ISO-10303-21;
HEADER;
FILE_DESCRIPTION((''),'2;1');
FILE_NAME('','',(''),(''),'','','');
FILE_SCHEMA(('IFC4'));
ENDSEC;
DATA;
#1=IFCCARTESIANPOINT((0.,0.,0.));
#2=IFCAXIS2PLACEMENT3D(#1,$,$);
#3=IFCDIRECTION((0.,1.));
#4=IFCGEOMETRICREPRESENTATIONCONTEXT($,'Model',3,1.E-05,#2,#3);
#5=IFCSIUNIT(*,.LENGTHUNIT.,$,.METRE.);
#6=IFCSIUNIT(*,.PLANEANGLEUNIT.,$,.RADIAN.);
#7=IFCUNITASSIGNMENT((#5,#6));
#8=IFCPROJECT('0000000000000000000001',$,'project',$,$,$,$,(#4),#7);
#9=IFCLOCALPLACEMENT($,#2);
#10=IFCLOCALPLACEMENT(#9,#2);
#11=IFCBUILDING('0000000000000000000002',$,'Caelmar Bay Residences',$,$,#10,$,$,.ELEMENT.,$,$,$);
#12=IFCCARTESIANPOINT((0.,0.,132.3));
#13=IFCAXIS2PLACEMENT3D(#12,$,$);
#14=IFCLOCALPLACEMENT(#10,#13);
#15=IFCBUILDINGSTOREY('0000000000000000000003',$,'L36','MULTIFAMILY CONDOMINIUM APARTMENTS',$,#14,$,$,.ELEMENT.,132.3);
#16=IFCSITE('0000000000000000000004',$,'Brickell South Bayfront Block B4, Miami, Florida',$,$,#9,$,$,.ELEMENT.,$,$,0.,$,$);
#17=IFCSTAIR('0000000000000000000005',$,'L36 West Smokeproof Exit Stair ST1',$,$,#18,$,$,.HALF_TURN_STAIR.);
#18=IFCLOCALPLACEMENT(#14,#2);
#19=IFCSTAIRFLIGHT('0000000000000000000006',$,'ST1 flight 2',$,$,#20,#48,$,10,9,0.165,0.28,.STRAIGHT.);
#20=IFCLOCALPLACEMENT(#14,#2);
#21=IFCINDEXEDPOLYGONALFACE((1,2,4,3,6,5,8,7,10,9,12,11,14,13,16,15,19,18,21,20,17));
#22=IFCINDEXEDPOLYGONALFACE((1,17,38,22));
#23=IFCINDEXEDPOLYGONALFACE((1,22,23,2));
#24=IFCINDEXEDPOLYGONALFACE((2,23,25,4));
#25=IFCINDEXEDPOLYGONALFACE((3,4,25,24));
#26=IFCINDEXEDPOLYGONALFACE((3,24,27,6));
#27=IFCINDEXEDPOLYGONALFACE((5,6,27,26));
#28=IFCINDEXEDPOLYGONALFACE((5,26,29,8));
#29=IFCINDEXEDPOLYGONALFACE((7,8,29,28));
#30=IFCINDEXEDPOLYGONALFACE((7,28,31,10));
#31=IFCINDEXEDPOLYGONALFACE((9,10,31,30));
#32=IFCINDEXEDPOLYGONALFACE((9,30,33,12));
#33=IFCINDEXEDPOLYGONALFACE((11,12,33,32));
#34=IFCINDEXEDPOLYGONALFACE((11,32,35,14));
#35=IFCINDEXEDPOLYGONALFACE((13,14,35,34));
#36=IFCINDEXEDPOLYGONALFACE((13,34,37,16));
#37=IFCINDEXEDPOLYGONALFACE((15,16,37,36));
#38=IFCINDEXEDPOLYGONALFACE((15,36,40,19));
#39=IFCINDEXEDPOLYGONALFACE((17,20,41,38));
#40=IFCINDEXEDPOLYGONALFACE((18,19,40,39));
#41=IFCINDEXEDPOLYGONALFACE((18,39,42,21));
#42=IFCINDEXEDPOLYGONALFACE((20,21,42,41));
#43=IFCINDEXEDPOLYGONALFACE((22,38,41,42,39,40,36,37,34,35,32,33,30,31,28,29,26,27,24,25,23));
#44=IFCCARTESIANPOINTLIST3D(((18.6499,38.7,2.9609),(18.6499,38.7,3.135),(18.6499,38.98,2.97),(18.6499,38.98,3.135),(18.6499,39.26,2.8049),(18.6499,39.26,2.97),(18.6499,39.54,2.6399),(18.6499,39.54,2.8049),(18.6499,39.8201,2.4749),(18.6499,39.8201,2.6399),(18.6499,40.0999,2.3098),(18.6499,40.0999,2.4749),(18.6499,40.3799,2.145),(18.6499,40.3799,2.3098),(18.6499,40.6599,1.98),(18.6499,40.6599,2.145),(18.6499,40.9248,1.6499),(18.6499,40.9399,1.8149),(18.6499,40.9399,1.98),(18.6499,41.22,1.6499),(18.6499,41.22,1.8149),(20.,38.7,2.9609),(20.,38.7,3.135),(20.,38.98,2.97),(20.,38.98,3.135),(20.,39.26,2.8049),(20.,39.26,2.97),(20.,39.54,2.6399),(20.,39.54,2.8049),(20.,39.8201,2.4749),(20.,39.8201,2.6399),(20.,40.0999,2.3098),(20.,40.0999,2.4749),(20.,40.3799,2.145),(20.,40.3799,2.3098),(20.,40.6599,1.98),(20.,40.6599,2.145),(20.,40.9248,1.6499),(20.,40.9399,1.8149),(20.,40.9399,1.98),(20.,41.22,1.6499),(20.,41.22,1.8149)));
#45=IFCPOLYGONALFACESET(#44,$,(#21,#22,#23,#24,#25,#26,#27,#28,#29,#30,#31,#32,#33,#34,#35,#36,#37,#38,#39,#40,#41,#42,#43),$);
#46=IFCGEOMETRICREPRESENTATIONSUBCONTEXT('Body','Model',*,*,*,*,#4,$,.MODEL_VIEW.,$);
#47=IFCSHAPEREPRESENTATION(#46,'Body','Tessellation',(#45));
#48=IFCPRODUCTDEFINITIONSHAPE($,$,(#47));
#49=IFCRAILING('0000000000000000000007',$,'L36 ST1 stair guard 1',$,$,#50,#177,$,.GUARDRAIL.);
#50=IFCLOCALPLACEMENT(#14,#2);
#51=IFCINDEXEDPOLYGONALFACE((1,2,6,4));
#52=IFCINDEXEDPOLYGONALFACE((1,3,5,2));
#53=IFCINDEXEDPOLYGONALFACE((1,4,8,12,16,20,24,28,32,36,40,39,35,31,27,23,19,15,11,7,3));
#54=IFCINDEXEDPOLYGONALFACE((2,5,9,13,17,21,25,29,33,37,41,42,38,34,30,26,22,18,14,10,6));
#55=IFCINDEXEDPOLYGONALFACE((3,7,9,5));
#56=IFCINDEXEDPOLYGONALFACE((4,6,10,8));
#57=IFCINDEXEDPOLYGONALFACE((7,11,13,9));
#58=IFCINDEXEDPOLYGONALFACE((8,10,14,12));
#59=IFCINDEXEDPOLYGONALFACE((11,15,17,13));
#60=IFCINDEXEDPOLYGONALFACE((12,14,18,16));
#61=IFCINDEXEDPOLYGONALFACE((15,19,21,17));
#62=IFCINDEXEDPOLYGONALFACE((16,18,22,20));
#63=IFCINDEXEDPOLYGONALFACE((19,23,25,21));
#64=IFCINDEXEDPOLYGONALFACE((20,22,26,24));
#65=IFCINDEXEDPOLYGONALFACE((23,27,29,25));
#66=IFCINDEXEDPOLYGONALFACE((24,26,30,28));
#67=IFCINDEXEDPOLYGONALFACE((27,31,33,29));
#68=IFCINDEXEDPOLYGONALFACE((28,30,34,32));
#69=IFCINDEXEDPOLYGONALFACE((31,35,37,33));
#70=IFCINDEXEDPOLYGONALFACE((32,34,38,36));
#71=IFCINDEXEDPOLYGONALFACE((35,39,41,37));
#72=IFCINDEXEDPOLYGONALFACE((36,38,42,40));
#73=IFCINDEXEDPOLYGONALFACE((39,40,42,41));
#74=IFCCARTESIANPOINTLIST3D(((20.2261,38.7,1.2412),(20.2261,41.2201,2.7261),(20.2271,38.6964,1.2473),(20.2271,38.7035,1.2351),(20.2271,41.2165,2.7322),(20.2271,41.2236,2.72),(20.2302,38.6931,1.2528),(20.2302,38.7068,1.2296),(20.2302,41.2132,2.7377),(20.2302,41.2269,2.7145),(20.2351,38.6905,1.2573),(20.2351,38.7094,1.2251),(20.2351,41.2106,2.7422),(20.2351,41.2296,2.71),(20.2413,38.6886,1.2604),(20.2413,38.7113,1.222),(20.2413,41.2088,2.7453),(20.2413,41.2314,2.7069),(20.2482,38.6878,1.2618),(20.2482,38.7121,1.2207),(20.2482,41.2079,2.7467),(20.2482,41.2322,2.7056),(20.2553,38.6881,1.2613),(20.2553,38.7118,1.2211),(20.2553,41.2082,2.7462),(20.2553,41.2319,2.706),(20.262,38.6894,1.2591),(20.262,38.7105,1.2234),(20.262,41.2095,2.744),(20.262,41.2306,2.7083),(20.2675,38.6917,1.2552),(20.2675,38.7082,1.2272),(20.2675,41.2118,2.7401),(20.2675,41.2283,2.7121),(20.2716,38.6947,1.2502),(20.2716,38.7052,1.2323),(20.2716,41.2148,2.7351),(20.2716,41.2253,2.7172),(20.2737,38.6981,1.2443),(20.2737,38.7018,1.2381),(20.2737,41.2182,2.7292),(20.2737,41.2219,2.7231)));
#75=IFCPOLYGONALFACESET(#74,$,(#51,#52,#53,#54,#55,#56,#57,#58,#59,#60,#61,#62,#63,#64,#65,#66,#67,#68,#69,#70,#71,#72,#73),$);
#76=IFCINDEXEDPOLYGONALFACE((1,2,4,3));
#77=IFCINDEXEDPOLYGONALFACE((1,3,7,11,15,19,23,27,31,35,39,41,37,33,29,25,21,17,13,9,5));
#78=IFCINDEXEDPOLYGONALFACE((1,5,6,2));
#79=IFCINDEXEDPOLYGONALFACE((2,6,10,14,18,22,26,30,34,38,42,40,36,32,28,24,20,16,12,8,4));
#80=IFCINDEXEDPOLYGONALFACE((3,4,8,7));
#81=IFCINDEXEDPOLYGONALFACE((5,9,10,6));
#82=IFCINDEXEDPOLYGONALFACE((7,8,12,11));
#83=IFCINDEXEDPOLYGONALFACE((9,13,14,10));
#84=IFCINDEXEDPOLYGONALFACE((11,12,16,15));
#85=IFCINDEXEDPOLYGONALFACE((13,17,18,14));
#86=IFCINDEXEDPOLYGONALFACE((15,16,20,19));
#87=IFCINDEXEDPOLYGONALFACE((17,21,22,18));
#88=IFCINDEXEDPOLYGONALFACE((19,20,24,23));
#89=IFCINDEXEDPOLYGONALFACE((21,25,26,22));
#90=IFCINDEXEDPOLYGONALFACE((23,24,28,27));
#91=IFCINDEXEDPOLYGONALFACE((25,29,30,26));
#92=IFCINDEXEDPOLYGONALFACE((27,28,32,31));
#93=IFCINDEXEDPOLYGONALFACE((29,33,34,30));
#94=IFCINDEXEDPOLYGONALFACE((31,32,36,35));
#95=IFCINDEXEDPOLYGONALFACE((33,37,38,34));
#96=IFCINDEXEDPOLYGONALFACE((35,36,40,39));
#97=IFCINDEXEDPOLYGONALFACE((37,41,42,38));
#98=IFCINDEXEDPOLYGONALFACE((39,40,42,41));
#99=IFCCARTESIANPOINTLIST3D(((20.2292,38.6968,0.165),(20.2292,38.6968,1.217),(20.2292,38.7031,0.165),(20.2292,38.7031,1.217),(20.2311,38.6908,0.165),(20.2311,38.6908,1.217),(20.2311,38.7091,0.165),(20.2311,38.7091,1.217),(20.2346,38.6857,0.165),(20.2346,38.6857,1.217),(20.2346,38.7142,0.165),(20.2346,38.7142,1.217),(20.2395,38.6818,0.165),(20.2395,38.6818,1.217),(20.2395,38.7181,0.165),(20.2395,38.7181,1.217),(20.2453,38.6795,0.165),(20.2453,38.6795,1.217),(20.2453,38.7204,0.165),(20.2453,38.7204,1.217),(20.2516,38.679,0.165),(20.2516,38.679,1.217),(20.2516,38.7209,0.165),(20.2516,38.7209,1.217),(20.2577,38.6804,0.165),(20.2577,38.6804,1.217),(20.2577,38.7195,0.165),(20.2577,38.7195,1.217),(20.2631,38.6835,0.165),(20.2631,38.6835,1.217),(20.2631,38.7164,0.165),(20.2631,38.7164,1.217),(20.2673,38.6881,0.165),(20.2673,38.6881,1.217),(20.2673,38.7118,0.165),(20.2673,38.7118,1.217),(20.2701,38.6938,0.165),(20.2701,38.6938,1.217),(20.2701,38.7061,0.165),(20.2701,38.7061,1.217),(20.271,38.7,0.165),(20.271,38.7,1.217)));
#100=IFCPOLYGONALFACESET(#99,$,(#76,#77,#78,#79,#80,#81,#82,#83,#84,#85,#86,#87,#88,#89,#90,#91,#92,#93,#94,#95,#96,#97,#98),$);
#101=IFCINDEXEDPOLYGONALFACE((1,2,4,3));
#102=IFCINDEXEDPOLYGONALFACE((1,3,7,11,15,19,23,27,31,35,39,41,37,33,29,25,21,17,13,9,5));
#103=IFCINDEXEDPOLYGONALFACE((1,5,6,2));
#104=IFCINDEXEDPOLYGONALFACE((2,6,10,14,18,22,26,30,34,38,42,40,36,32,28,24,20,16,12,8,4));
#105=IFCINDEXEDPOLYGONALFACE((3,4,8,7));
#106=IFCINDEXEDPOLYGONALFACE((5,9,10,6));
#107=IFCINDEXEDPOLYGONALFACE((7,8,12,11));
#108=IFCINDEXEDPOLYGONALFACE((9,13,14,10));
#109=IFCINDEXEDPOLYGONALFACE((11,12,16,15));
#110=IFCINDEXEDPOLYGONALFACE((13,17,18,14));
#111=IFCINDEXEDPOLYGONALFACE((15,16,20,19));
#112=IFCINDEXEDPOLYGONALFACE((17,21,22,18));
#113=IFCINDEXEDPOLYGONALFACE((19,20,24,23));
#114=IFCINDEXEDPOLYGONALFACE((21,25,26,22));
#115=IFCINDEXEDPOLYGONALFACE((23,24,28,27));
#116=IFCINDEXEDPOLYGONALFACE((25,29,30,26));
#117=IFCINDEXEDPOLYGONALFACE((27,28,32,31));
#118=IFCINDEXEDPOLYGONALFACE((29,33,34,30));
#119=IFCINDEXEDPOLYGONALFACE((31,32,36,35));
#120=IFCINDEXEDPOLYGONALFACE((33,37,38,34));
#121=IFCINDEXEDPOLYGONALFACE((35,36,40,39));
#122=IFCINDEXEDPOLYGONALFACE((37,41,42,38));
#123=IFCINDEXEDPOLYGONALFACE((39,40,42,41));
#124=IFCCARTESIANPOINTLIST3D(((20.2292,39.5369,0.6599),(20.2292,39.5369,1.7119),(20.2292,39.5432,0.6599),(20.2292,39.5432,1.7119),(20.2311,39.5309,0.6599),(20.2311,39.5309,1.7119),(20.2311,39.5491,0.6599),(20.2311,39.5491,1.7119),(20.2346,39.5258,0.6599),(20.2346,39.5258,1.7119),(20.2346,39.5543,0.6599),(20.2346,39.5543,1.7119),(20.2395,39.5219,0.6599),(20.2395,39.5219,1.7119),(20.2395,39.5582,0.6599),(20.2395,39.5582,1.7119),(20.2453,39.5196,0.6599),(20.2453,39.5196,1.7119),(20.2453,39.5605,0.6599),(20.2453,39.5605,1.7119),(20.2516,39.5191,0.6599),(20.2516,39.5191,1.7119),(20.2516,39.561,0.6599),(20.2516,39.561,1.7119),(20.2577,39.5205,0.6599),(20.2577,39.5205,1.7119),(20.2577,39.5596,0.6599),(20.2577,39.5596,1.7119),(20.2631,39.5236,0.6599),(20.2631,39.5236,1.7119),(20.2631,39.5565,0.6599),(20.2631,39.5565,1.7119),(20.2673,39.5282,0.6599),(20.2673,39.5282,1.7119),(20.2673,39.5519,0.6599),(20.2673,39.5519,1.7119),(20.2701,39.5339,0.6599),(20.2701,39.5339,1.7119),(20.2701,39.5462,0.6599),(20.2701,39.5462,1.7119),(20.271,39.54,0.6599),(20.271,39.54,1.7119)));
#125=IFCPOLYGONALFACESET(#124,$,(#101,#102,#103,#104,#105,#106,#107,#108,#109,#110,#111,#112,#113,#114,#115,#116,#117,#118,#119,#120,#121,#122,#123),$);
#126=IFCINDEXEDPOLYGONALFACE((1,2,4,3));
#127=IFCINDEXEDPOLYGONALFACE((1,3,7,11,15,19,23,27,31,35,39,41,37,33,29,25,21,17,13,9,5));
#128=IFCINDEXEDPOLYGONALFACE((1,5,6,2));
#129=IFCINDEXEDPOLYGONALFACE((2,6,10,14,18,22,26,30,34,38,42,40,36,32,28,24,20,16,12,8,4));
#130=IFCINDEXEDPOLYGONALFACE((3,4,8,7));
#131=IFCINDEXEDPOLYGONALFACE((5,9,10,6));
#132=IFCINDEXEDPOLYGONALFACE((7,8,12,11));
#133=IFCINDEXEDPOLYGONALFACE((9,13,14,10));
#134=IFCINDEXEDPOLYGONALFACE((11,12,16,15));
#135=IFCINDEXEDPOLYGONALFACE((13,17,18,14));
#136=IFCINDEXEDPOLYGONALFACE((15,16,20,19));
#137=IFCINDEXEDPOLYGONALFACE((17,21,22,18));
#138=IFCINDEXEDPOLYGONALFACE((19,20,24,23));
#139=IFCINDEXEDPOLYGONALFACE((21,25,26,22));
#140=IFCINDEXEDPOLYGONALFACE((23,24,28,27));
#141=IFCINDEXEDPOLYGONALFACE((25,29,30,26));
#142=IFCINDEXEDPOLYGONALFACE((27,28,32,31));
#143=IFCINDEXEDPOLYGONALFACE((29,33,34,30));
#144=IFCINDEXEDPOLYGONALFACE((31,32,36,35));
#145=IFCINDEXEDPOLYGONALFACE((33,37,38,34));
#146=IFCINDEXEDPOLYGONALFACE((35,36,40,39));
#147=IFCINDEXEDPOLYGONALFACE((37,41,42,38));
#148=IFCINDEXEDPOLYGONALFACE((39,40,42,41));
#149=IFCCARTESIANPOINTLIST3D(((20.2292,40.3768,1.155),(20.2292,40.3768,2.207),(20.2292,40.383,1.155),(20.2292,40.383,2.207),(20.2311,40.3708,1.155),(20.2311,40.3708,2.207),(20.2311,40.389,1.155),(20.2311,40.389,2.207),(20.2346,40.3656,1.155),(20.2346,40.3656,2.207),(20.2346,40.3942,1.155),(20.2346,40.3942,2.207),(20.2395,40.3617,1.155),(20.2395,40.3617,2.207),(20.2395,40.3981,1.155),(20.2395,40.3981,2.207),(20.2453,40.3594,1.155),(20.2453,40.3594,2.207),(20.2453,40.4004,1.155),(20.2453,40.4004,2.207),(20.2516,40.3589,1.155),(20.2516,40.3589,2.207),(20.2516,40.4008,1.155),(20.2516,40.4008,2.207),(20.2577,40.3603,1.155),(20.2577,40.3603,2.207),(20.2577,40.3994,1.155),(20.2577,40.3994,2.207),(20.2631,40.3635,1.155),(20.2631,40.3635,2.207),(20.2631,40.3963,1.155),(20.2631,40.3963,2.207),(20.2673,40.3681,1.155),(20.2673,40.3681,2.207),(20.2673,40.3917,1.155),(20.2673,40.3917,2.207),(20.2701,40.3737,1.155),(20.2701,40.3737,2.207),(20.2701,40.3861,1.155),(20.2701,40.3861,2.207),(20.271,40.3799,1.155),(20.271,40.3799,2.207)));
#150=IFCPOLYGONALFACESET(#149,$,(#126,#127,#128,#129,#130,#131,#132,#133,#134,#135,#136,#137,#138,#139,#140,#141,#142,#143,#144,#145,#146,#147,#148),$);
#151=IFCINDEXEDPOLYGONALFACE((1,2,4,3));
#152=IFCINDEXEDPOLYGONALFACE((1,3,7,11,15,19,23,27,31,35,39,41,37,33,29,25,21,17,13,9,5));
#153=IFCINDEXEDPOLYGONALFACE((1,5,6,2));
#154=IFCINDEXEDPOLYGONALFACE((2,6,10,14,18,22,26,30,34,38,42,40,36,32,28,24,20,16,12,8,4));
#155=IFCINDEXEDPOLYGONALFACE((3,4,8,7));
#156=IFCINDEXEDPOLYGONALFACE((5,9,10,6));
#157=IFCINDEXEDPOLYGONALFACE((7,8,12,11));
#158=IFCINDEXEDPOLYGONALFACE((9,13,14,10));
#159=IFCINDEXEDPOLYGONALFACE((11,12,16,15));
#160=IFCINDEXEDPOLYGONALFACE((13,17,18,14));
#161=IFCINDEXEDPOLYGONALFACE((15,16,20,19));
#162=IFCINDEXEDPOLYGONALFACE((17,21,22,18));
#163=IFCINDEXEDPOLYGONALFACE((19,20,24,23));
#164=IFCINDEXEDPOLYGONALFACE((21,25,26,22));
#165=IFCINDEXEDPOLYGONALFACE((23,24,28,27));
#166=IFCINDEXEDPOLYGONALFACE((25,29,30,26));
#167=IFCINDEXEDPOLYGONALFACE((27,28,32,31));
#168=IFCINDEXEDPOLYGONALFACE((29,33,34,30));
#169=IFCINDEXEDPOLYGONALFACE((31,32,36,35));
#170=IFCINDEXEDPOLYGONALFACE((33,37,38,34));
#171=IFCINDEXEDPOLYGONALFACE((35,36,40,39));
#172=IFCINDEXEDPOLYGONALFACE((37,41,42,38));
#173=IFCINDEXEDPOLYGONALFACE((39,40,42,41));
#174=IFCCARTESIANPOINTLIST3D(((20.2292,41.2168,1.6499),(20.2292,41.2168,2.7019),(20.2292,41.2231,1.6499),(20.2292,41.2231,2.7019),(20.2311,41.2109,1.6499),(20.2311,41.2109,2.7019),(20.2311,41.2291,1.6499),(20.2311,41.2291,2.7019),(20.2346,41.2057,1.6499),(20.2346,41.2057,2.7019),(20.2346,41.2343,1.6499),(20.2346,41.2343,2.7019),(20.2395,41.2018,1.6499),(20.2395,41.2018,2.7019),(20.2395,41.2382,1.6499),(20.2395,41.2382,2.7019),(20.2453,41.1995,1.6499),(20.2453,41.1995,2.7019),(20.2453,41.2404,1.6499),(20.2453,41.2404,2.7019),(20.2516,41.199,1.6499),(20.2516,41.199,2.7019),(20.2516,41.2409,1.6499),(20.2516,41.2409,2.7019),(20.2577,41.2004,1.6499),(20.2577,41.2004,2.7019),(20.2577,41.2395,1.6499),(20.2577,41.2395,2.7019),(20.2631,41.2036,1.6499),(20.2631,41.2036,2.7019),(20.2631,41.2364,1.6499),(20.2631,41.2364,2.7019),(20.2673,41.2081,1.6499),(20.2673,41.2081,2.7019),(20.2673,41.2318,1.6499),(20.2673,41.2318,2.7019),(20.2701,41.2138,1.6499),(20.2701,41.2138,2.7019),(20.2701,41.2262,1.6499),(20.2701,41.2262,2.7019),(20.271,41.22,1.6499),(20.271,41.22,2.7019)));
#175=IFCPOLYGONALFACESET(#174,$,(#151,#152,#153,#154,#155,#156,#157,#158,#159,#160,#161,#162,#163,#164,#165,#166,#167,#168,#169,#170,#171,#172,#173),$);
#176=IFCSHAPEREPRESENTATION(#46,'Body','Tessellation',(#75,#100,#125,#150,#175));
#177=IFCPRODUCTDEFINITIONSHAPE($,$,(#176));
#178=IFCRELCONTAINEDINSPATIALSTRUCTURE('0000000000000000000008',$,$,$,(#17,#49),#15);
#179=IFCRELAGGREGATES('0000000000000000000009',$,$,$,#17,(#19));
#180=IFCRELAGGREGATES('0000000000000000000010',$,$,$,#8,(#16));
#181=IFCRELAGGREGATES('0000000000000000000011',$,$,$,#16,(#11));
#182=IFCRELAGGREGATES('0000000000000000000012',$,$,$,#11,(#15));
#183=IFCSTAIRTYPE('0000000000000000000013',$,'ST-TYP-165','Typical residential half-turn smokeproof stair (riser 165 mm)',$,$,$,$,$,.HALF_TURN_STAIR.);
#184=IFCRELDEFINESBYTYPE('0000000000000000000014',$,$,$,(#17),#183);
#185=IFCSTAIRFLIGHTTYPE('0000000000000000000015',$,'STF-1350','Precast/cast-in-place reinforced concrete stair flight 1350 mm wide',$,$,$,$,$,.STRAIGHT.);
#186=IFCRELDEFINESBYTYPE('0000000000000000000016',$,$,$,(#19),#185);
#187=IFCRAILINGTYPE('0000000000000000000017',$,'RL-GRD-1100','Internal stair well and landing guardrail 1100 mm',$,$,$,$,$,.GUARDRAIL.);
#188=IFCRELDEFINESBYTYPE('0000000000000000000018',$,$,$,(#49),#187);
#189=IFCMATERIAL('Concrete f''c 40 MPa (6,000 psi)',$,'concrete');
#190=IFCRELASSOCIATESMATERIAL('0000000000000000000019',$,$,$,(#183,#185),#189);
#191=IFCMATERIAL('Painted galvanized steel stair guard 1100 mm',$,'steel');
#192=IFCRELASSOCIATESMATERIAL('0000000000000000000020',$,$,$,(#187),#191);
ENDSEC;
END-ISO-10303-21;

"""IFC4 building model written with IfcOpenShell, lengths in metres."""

from ifc_helpers import new_model, si_unit, direction, frame, origin, origin_2d, place, context, subcontext, project, spatial, polyline, circle, outline, extrude, material, type_object, element, aggregate, save


model = new_model("IFC4")

# Units and contexts
model_context = context("Model", 3, precision=1e-05, world=origin(), true_north=direction((0.0, 1.0)))
body_context = subcontext(model_context, "Body", "Model", "MODEL_VIEW")
ifc_project = project(units=[si_unit("LENGTHUNIT", "METRE"), si_unit("PLANEANGLEUNIT", "RADIAN")], contexts=[model_context])

# Site, building, storey
site_placement = place(None, origin())
site = spatial("IfcSite", under=ifc_project, at=site_placement, Name="Brickell South Bayfront Block B4, Miami, Florida", CompositionType="ELEMENT", RefElevation=0.0)
building_placement = place(site_placement, origin())
building = spatial("IfcBuilding", under=site, at=building_placement, Name="Caelmar Bay Residences", CompositionType="ELEMENT")
storey_placement = place(building_placement, frame((0.0, 0.0, 132.3)))
storey = spatial("IfcBuildingStorey", under=building, at=storey_placement, Name="L36", Description="MULTIFAMILY CONDOMINIUM APARTMENTS", CompositionType="ELEMENT", Elevation=132.3)

# Stair, stair flight
ifc_material_1 = material(Name="Concrete f'c 40 MPa (6,000 psi)", Category="concrete")
stair_type = type_object("IfcStairType", Name="ST-TYP-165", Description="Typical residential half-turn smokeproof stair (riser 165 mm)", PredefinedType="HALF_TURN_STAIR", material=ifc_material_1)
stair_placement = place(storey_placement, origin())
stair = element("IfcStair", 1, at=stair_placement, inside=storey, type_object=stair_type, Name="L36 West Smokeproof Exit Stair ST1", PredefinedType="HALF_TURN_STAIR")
stair_flight_type = type_object("IfcStairFlightType", Name="STF-1350", Description="Precast/cast-in-place reinforced concrete stair flight 1350 mm wide", PredefinedType="STRAIGHT", material=ifc_material_1)
stair_flight_1_placement = place(storey_placement, frame((19.325, 41.22, 1.6499), z_axis=(0.0, 0.0, 1.0), x_axis=(0.0, -1.0, 0.0)))
stair_flight_1 = element("IfcStairFlight", 2, at=stair_flight_1_placement, type_object=stair_flight_type, Name="ST1 flight 2", NumberOfRisers=10, NumberOfTreads=9, PredefinedType="STRAIGHT", RiserHeight=0.165, TreadLength=0.28, context=body_context, shape_type="SweptSolid", body=[
    extrude(outline(polyline([(0.0, 0.0), (0.0, 0.165), (0.28, 0.165), (0.28, 0.3301), (0.5601, 0.3301), (0.5601, 0.4951), (0.8401, 0.4951), (0.8401, 0.6599), (1.1201, 0.6599), (1.1201, 0.825), (1.3999, 0.825), (1.3999, 0.99), (1.6799, 0.99), (1.6799, 1.155), (1.96, 1.155), (1.96, 1.3201), (2.24, 1.3201), (2.24, 1.4851), (2.52, 1.4851), (2.52, 1.6499), (2.52, 1.311), (0.2952, 0.0), (0.0, 0.0)])), frame((0.0, 0.675, 0.0), z_axis=(0.0, -1.0, 0.0), x_axis=(1.0, 0.0, 0.0)), (0.0, 0.0, 1.0), 1.3501),
])
aggregate(stair, [stair_flight_1])

# Railing
ifc_material_2 = material(Name="Painted galvanized steel stair guard 1100 mm", Category="steel")
railing_type_1 = type_object("IfcRailingType", Name="RL-GRD-1100", Description="Internal stair well and landing guardrail 1100 mm", PredefinedType="GUARDRAIL", material=ifc_material_2)
railing_1_placement = place(storey_placement, frame((20.25, 38.7, 0.165)))
element("IfcRailing", 3, at=railing_1_placement, inside=storey, type_object=railing_type_1, Name="L36 ST1 stair guard 1", PredefinedType="GUARDRAIL", context=body_context, shape_type="SweptSolid", body=[
    extrude(circle(Radius=0.0239, at=origin_2d()), frame((0.0, 0.0, 1.0762), z_axis=(0.0, 0.861561, 0.507655), x_axis=(-1.0, 0.0, 0.0)), (0.0, 0.0, 1.0), 2.925),
    extrude(circle(Radius=0.021, at=origin_2d()), origin(), (0.0, 0.0, 1.0), 1.052),
    extrude(circle(Radius=0.021, at=origin_2d()), frame((0.0, 0.8401, 0.4949)), (0.0, 0.0, 1.0), 1.052),
    extrude(circle(Radius=0.021, at=origin_2d()), frame((0.0, 1.6799, 0.99)), (0.0, 0.0, 1.0), 1.052),
    extrude(circle(Radius=0.021, at=origin_2d()), frame((0.0, 2.52, 1.4849)), (0.0, 0.0, 1.0), 1.052),
])

save(model, "model.ifc")
